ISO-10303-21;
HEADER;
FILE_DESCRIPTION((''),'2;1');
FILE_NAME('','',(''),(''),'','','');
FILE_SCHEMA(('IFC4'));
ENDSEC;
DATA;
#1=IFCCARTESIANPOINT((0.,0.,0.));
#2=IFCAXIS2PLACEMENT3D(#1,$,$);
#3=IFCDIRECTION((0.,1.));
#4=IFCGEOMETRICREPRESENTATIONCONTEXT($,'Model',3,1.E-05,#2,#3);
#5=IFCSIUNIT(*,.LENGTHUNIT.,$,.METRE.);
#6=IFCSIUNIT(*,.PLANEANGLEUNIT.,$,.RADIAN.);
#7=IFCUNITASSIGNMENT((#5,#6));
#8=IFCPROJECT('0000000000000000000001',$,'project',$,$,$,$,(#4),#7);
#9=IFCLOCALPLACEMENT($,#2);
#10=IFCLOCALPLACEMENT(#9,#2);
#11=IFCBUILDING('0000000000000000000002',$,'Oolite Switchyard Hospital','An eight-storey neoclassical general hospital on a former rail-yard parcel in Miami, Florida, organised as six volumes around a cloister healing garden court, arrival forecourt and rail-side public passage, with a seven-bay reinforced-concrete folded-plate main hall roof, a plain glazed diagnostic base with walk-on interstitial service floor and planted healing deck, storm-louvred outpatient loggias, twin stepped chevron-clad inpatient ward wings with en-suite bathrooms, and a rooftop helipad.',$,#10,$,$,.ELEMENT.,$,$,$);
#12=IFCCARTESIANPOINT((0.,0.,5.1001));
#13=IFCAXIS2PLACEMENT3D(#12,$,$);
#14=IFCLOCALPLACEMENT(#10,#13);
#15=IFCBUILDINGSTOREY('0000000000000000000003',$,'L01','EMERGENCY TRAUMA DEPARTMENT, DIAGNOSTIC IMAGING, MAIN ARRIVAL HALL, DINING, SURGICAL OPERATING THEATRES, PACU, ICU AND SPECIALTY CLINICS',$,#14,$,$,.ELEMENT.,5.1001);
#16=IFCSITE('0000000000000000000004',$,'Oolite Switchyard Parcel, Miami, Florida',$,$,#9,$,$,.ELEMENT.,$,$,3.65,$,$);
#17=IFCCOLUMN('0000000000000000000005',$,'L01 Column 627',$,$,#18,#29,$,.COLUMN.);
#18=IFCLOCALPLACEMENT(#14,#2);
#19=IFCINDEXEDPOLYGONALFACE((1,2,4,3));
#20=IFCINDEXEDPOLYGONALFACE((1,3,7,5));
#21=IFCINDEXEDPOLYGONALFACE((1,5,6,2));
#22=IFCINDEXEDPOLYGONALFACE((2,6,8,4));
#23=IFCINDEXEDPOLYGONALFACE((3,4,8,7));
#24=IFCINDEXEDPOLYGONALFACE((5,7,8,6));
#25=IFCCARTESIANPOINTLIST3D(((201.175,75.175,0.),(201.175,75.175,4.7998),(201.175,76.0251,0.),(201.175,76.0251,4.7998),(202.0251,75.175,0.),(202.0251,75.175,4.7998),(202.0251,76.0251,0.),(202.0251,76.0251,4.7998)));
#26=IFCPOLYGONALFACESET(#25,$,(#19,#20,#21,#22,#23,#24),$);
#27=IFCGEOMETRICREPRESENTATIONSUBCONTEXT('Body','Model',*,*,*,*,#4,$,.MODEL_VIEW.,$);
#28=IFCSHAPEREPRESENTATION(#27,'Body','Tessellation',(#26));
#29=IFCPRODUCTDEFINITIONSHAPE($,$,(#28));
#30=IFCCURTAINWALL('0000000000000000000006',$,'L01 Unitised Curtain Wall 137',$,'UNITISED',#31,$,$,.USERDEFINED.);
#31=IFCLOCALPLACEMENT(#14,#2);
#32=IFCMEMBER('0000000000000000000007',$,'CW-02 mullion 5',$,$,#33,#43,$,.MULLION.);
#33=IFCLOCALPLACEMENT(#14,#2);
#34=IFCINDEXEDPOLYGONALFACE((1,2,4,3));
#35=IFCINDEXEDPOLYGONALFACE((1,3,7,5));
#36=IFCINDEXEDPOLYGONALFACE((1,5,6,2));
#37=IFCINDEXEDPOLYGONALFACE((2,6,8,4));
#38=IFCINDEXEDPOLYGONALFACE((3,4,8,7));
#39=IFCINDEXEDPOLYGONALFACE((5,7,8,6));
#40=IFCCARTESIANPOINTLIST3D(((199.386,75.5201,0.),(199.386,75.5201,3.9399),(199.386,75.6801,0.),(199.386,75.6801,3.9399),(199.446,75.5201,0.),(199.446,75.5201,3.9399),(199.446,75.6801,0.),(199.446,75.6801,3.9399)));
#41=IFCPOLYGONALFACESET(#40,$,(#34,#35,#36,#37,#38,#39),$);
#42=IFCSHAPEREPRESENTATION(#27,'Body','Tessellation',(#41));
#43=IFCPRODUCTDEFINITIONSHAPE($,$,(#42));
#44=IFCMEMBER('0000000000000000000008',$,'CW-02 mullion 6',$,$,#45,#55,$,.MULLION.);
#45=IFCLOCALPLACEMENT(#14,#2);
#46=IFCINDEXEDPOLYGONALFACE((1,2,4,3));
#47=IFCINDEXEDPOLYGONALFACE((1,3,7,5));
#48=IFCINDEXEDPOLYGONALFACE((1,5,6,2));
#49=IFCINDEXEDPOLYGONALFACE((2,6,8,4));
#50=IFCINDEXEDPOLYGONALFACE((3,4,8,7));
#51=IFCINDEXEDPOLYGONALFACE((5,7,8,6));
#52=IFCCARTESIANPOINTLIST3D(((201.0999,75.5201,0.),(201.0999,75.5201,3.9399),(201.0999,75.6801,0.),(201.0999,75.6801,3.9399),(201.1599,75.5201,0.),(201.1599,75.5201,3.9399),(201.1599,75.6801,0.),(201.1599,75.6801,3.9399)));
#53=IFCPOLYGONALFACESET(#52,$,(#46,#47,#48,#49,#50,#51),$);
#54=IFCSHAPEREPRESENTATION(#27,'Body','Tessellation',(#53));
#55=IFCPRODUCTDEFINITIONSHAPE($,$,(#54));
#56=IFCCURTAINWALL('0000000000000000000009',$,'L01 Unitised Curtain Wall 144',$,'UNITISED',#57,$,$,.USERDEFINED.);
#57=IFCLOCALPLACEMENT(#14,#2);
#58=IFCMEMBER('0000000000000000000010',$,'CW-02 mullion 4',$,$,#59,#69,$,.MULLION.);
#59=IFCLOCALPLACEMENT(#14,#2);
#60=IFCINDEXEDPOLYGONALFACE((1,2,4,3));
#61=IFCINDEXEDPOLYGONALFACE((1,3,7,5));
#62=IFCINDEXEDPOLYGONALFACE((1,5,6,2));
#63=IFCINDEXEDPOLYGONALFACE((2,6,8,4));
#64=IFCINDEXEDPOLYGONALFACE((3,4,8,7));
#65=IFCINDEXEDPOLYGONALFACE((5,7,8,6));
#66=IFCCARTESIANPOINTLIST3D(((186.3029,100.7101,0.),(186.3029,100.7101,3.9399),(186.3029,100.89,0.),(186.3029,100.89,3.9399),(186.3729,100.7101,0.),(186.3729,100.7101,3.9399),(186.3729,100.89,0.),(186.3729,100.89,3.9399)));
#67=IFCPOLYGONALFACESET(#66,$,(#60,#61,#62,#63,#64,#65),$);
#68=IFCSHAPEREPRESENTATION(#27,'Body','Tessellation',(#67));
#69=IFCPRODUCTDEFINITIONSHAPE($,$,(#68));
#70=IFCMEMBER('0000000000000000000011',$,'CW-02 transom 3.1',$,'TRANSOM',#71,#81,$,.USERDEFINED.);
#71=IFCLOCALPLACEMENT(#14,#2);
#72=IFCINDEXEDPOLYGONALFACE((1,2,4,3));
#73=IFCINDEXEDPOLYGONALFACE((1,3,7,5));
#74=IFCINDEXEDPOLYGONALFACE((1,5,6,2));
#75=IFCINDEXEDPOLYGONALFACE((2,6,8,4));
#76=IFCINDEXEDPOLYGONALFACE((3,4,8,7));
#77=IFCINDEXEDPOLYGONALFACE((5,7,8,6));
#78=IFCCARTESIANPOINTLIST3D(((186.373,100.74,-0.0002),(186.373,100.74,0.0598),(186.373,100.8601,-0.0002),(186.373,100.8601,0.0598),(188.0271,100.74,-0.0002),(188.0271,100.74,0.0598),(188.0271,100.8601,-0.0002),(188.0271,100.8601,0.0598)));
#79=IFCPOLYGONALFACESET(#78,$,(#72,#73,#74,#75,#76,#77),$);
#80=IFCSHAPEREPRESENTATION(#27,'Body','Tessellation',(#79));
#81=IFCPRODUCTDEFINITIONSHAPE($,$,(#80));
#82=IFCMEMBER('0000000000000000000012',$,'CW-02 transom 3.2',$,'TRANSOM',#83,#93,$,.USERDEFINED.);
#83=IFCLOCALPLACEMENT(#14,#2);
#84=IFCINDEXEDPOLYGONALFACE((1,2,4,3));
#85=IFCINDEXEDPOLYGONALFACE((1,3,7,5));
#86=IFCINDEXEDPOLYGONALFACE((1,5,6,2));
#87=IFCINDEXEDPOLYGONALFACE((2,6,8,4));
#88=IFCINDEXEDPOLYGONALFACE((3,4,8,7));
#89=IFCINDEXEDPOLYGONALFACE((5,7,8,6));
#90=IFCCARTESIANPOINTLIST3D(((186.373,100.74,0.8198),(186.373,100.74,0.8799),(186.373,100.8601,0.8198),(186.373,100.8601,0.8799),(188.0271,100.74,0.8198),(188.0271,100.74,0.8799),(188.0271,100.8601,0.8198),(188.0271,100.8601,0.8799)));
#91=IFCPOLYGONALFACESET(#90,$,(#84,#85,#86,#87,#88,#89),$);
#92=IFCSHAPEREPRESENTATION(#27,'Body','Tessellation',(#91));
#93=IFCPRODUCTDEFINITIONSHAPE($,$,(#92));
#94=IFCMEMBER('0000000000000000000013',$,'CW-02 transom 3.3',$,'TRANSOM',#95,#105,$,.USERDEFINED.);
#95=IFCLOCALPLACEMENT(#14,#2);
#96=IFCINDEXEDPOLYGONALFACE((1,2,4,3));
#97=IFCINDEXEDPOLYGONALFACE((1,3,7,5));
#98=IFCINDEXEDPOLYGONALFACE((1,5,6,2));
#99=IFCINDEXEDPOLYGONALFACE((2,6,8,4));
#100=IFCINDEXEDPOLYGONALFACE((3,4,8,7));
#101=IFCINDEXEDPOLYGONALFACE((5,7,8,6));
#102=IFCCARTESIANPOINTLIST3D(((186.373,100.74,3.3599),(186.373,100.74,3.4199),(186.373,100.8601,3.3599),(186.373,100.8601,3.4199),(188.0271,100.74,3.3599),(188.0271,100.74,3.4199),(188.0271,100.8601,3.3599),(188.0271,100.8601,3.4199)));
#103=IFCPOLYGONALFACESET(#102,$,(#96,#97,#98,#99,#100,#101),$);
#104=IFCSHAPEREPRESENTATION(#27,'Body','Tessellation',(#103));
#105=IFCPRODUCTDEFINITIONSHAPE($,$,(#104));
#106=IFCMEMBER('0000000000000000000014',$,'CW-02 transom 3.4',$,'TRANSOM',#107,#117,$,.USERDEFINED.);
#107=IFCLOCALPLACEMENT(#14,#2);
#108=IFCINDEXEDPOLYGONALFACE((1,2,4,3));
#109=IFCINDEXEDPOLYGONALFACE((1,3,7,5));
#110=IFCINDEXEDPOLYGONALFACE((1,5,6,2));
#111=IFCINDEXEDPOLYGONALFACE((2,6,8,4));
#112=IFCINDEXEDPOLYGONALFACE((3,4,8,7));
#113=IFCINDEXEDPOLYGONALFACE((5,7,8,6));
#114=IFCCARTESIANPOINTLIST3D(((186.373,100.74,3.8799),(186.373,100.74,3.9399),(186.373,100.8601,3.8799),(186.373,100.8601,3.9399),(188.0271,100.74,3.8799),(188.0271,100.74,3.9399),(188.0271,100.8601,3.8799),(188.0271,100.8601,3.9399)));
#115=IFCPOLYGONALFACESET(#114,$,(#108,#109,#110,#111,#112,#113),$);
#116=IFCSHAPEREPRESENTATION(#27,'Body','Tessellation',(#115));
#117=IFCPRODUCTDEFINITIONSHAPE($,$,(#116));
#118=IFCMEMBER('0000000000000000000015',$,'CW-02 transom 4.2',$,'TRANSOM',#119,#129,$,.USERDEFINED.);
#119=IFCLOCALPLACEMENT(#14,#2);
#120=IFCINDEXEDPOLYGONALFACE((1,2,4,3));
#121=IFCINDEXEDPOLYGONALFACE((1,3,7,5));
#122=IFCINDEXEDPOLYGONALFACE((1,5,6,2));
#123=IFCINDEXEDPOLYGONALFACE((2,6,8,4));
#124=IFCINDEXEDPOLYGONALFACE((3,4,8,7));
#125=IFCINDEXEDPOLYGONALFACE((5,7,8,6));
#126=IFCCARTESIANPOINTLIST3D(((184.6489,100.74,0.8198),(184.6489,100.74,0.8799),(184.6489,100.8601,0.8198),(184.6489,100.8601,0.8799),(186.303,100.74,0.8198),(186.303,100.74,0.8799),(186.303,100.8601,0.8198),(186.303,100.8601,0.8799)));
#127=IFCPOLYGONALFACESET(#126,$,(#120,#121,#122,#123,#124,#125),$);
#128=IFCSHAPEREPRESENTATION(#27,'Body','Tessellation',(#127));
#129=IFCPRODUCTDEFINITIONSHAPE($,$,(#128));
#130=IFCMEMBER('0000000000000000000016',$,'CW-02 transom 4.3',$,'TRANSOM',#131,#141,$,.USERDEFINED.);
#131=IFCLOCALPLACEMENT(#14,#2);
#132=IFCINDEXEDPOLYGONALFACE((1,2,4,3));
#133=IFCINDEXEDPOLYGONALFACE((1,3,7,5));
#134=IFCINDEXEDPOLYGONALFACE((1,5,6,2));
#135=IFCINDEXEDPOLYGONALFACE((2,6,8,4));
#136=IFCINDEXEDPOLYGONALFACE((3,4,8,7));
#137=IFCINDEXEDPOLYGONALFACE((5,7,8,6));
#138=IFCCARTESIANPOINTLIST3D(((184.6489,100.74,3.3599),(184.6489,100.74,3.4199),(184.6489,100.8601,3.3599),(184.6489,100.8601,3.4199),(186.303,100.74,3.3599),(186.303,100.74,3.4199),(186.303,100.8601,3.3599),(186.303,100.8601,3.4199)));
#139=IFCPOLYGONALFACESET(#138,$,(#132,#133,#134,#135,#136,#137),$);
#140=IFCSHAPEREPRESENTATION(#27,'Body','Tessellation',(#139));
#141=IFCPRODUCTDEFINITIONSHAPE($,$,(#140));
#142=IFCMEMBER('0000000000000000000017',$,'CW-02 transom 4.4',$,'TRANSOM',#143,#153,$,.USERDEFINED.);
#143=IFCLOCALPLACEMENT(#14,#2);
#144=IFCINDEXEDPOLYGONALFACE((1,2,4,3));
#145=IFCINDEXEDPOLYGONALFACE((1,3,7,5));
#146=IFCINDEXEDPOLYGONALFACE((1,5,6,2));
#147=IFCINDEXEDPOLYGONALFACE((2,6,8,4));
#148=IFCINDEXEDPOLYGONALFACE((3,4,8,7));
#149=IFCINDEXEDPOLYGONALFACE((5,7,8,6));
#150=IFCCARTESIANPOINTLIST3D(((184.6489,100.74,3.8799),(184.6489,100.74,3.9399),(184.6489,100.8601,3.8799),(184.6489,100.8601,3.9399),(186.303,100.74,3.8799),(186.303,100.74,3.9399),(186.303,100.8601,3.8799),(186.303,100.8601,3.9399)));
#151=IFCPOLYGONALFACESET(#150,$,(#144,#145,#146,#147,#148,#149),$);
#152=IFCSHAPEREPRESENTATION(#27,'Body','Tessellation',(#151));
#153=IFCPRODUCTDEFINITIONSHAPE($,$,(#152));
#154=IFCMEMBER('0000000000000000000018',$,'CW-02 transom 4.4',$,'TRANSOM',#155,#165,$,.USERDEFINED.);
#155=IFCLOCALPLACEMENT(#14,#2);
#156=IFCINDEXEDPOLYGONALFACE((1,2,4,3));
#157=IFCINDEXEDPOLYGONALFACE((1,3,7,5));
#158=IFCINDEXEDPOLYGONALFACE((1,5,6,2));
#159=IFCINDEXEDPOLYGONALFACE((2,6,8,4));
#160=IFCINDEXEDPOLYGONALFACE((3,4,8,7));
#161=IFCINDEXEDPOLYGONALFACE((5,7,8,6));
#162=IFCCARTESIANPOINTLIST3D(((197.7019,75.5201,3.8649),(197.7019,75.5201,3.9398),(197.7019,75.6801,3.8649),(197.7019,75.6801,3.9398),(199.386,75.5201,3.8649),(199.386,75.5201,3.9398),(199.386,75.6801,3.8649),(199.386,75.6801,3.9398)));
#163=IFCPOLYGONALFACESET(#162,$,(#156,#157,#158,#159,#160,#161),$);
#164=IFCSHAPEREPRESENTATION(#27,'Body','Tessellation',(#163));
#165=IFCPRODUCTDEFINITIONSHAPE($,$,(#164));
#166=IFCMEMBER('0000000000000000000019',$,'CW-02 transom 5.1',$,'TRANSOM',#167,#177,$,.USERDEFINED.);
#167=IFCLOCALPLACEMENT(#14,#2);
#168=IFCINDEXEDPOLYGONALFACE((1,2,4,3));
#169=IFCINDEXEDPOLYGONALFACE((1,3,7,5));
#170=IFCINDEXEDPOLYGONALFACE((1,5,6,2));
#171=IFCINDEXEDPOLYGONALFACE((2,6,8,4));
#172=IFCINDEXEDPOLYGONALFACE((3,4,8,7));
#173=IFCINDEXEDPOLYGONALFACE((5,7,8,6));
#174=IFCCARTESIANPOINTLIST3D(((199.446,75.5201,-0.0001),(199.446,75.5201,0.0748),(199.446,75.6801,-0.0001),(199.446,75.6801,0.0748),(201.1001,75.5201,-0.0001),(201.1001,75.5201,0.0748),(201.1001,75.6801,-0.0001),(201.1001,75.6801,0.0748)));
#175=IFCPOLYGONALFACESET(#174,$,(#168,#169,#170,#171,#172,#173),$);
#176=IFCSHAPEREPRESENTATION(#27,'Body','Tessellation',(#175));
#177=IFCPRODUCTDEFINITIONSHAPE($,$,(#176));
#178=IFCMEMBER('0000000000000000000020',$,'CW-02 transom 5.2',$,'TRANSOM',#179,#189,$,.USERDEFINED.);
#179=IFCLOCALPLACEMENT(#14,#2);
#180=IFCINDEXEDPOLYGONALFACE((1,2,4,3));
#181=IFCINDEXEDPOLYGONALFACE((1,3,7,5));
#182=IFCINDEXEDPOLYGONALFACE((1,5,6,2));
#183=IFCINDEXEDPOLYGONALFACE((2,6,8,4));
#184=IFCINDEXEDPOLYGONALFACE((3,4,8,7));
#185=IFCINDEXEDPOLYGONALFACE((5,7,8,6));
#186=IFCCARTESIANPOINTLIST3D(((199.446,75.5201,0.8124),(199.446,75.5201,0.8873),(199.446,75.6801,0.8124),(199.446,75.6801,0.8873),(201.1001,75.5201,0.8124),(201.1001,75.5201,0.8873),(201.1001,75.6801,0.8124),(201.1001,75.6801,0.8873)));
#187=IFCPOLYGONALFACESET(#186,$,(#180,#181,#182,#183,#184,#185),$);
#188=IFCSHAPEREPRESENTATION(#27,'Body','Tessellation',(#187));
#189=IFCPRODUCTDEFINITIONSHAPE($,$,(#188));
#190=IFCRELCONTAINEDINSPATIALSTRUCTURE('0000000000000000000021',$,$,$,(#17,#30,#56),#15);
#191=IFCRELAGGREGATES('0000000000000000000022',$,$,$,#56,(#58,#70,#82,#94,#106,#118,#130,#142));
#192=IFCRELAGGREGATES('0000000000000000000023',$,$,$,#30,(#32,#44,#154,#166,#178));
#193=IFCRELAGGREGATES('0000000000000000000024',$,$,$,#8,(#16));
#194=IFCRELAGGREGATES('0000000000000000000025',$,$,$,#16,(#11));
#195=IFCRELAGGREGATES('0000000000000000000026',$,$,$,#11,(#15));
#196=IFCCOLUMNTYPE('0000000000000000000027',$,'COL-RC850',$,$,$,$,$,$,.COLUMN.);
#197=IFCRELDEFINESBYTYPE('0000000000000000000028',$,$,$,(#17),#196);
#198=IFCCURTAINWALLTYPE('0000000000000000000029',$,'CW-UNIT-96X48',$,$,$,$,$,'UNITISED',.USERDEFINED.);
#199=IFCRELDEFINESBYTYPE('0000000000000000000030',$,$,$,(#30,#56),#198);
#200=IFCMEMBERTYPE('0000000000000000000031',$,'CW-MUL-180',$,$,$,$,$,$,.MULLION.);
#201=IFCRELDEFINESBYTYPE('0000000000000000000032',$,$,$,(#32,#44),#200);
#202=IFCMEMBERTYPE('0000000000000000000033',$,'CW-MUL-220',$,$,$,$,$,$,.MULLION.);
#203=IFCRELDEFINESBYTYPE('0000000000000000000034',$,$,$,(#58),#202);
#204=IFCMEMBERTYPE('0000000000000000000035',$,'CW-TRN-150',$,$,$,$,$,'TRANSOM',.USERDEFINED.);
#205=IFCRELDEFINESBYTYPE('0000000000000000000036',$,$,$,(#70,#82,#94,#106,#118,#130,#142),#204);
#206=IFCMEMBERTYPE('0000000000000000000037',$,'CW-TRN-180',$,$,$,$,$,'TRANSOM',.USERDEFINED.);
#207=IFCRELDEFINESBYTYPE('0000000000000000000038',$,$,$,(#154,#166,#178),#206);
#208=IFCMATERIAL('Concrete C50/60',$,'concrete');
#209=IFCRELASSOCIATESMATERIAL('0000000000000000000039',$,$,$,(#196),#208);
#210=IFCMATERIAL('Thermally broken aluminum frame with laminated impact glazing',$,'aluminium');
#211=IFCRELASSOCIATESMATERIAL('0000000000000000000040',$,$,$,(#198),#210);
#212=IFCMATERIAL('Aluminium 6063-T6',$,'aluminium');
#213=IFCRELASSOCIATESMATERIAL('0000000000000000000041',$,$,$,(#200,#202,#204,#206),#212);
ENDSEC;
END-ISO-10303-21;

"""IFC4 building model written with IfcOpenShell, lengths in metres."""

from ifc_helpers import new_model, si_unit, direction, frame, origin, origin_2d, place, context, subcontext, project, spatial, rectangle, extrude, material, material_profile, profile_set, type_object, element, aggregate, save


model = new_model("IFC4")

# Units and contexts
model_context = context("Model", 3, precision=1e-05, world=origin(), true_north=direction((0.0, 1.0)))
body_context = subcontext(model_context, "Body", "Model", "MODEL_VIEW")
ifc_project = project(units=[si_unit("LENGTHUNIT", "METRE"), si_unit("PLANEANGLEUNIT", "RADIAN")], contexts=[model_context])

# Site, building, storey
site_placement = place(None, origin())
site = spatial("IfcSite", under=ifc_project, at=site_placement, Name="Oolite Switchyard Parcel, Miami, Florida", CompositionType="ELEMENT", RefElevation=3.65)
building_placement = place(site_placement, origin())
building = spatial("IfcBuilding", under=site, at=building_placement, Name="Oolite Switchyard Hospital", Description="An eight-storey neoclassical general hospital on a former rail-yard parcel in Miami, Florida, organised as six volumes around a cloister healing garden court, arrival forecourt and rail-side public passage, with a seven-bay reinforced-concrete folded-plate main hall roof, a plain glazed diagnostic base with walk-on interstitial service floor and planted healing deck, storm-louvred outpatient loggias, twin stepped chevron-clad inpatient ward wings with en-suite bathrooms, and a rooftop helipad.", CompositionType="ELEMENT")
storey_placement = place(building_placement, frame((0.0, 0.0, 5.1001)))
storey = spatial("IfcBuildingStorey", under=building, at=storey_placement, Name="L01", Description="EMERGENCY TRAUMA DEPARTMENT, DIAGNOSTIC IMAGING, MAIN ARRIVAL HALL, DINING, SURGICAL OPERATING THEATRES, PACU, ICU AND SPECIALTY CLINICS", CompositionType="ELEMENT", Elevation=5.1001)

# Column
ifc_material_1 = material(Name="Concrete C50/60", Category="concrete")
ifc_material_profile_1 = material_profile(ifc_material_1, rectangle(XDim=0.8501, YDim=0.8501, at=origin_2d()), Name="RC850X850")
ifc_profile_set_1 = profile_set([ifc_material_profile_1], Name="Concrete C50/60")
column_type = type_object("IfcColumnType", Name="COL-RC850", PredefinedType="COLUMN", material=ifc_profile_set_1)
column_placement = place(storey_placement, frame((201.6001, 75.6001, 0.0), z_axis=(0.0, 0.0, 1.0), x_axis=(1.0, 0.0, 0.0)))
element("IfcColumn", 1, at=column_placement, inside=storey, type_object=column_type, Name="L01 Column 627", PredefinedType="COLUMN", context=body_context, shape_type="SweptSolid", body=[
    extrude(rectangle(XDim=0.8501, YDim=0.8501, at=origin_2d()), origin(), (0.0, 0.0, 1.0), 4.7998),
])

# Curtain walls, members
ifc_material_2 = material(Name="Thermally broken aluminum frame with laminated impact glazing", Category="aluminium")
curtain_wall_type = type_object("IfcCurtainWallType", Name="CW-UNIT-96X48", ElementType="UNITISED", PredefinedType="USERDEFINED", material=ifc_material_2)
curtain_wall_1_placement = place(storey_placement, origin())
curtain_wall_1 = element("IfcCurtainWall", 2, at=curtain_wall_1_placement, inside=storey, type_object=curtain_wall_type, Name="L01 Unitised Curtain Wall 137", ObjectType="UNITISED", PredefinedType="USERDEFINED")
ifc_material_3 = material(Name="Aluminium 6063-T6", Category="aluminium")
ifc_material_profile_2 = material_profile(ifc_material_3, rectangle(XDim=0.1599, YDim=0.0601, at=origin_2d()), Name="CWM60X160")
ifc_profile_set_2 = profile_set([ifc_material_profile_2], Name="Aluminium 6063-T6")
member_type_1 = type_object("IfcMemberType", Name="CW-MUL-180", PredefinedType="MULLION", material=ifc_profile_set_2)
member_1_placement = place(storey_placement, frame((199.416, 75.6001, 0.0), z_axis=(0.0, 0.0, 1.0), x_axis=(0.0, 1.0, 0.0)))
member_1 = element("IfcMember", 3, at=member_1_placement, type_object=member_type_1, Name="CW-02 mullion 5", PredefinedType="MULLION", context=body_context, shape_type="SweptSolid", body=[
    extrude(rectangle(XDim=0.1599, YDim=0.0601, at=origin_2d()), origin(), (0.0, 0.0, 1.0), 3.9399),
])
member_2_placement = place(storey_placement, frame((201.1299, 75.6001, 0.0), z_axis=(0.0, 0.0, 1.0), x_axis=(0.0, 1.0, 0.0)))
member_2 = element("IfcMember", 4, at=member_2_placement, type_object=member_type_1, Name="CW-02 mullion 6", PredefinedType="MULLION", context=body_context, shape_type="SweptSolid", body=[
    extrude(rectangle(XDim=0.1599, YDim=0.0601, at=origin_2d()), origin(), (0.0, 0.0, 1.0), 3.9399),
])
curtain_wall_2_placement = place(storey_placement, origin())
curtain_wall_2 = element("IfcCurtainWall", 5, at=curtain_wall_2_placement, inside=storey, type_object=curtain_wall_type, Name="L01 Unitised Curtain Wall 144", ObjectType="UNITISED", PredefinedType="USERDEFINED")
ifc_material_profile_3 = material_profile(ifc_material_3, rectangle(XDim=0.1799, YDim=0.0701, at=origin_2d()), Name="CWM70X180")
ifc_profile_set_3 = profile_set([ifc_material_profile_3], Name="Aluminium 6063-T6")
member_type_2 = type_object("IfcMemberType", Name="CW-MUL-220", PredefinedType="MULLION", material=ifc_profile_set_3)
member_3_placement = place(storey_placement, frame((186.3379, 100.8, 0.0), z_axis=(0.0, 0.0, 1.0), x_axis=(0.0, -1.0, 0.0)))
member_3 = element("IfcMember", 6, at=member_3_placement, type_object=member_type_2, Name="CW-02 mullion 4", PredefinedType="MULLION", context=body_context, shape_type="SweptSolid", body=[
    extrude(rectangle(XDim=0.1799, YDim=0.0701, at=origin_2d()), origin(), (0.0, 0.0, 1.0), 3.9399),
])
ifc_material_profile_4 = material_profile(ifc_material_3, rectangle(XDim=0.1201, YDim=0.0601, at=origin_2d()), Name="CWT60X120")
ifc_profile_set_4 = profile_set([ifc_material_profile_4], Name="Aluminium 6063-T6")
member_type_3 = type_object("IfcMemberType", Name="CW-TRN-150", ElementType="TRANSOM", PredefinedType="USERDEFINED", material=ifc_profile_set_4)
member_4_placement = place(storey_placement, frame((188.0271, 100.8, 0.0298), z_axis=(-1.0, 0.0, 0.0), x_axis=(0.0, -1.0, 0.0)))
member_4 = element("IfcMember", 7, at=member_4_placement, type_object=member_type_3, Name="CW-02 transom 3.1", ObjectType="TRANSOM", PredefinedType="USERDEFINED", context=body_context, shape_type="SweptSolid", body=[
    extrude(rectangle(XDim=0.1201, YDim=0.0601, at=origin_2d()), origin(), (0.0, 0.0, 1.0), 1.6541),
])
member_5_placement = place(storey_placement, frame((188.0271, 100.8, 0.8499), z_axis=(-1.0, 0.0, 0.0), x_axis=(0.0, -1.0, 0.0)))
member_5 = element("IfcMember", 8, at=member_5_placement, type_object=member_type_3, Name="CW-02 transom 3.2", ObjectType="TRANSOM", PredefinedType="USERDEFINED", context=body_context, shape_type="SweptSolid", body=[
    extrude(rectangle(XDim=0.1201, YDim=0.0601, at=origin_2d()), origin(), (0.0, 0.0, 1.0), 1.6541),
])
member_6_placement = place(storey_placement, frame((188.0271, 100.8, 3.3899), z_axis=(-1.0, 0.0, 0.0), x_axis=(0.0, -1.0, 0.0)))
member_6 = element("IfcMember", 9, at=member_6_placement, type_object=member_type_3, Name="CW-02 transom 3.3", ObjectType="TRANSOM", PredefinedType="USERDEFINED", context=body_context, shape_type="SweptSolid", body=[
    extrude(rectangle(XDim=0.1201, YDim=0.0601, at=origin_2d()), origin(), (0.0, 0.0, 1.0), 1.6541),
])
member_7_placement = place(storey_placement, frame((188.0271, 100.8, 3.9099), z_axis=(-1.0, 0.0, 0.0), x_axis=(0.0, -1.0, 0.0)))
member_7 = element("IfcMember", 10, at=member_7_placement, type_object=member_type_3, Name="CW-02 transom 3.4", ObjectType="TRANSOM", PredefinedType="USERDEFINED", context=body_context, shape_type="SweptSolid", body=[
    extrude(rectangle(XDim=0.1201, YDim=0.0601, at=origin_2d()), origin(), (0.0, 0.0, 1.0), 1.6541),
])
member_8_placement = place(storey_placement, frame((186.303, 100.8, 0.8499), z_axis=(-1.0, 0.0, 0.0), x_axis=(0.0, -1.0, 0.0)))
member_8 = element("IfcMember", 11, at=member_8_placement, type_object=member_type_3, Name="CW-02 transom 4.2", ObjectType="TRANSOM", PredefinedType="USERDEFINED", context=body_context, shape_type="SweptSolid", body=[
    extrude(rectangle(XDim=0.1201, YDim=0.0601, at=origin_2d()), origin(), (0.0, 0.0, 1.0), 1.6541),
])
member_9_placement = place(storey_placement, frame((186.303, 100.8, 3.3899), z_axis=(-1.0, 0.0, 0.0), x_axis=(0.0, -1.0, 0.0)))
member_9 = element("IfcMember", 12, at=member_9_placement, type_object=member_type_3, Name="CW-02 transom 4.3", ObjectType="TRANSOM", PredefinedType="USERDEFINED", context=body_context, shape_type="SweptSolid", body=[
    extrude(rectangle(XDim=0.1201, YDim=0.0601, at=origin_2d()), origin(), (0.0, 0.0, 1.0), 1.6541),
])
member_10_placement = place(storey_placement, frame((186.303, 100.8, 3.9099), z_axis=(-1.0, 0.0, 0.0), x_axis=(0.0, -1.0, 0.0)))
member_10 = element("IfcMember", 13, at=member_10_placement, type_object=member_type_3, Name="CW-02 transom 4.4", ObjectType="TRANSOM", PredefinedType="USERDEFINED", context=body_context, shape_type="SweptSolid", body=[
    extrude(rectangle(XDim=0.1201, YDim=0.0601, at=origin_2d()), origin(), (0.0, 0.0, 1.0), 1.6541),
])

# Members
ifc_material_profile_5 = material_profile(ifc_material_3, rectangle(XDim=0.1599, YDim=0.075, at=origin_2d()), Name="CWT75X160")
ifc_profile_set_5 = profile_set([ifc_material_profile_5], Name="Aluminium 6063-T6")
member_type_4 = type_object("IfcMemberType", Name="CW-TRN-180", ElementType="TRANSOM", PredefinedType="USERDEFINED", material=ifc_profile_set_5)
member_11_placement = place(storey_placement, frame((197.7019, 75.6001, 3.9023), z_axis=(1.0, 0.0, 0.0), x_axis=(0.0, 1.0, 0.0)))
member_11 = element("IfcMember", 14, at=member_11_placement, type_object=member_type_4, Name="CW-02 transom 4.4", ObjectType="TRANSOM", PredefinedType="USERDEFINED", context=body_context, shape_type="SweptSolid", body=[
    extrude(rectangle(XDim=0.1599, YDim=0.075, at=origin_2d()), origin(), (0.0, 0.0, 1.0), 1.6841),
])
member_12_placement = place(storey_placement, frame((199.446, 75.6001, 0.0374), z_axis=(1.0, 0.0, 0.0), x_axis=(0.0, 1.0, 0.0)))
member_12 = element("IfcMember", 15, at=member_12_placement, type_object=member_type_4, Name="CW-02 transom 5.1", ObjectType="TRANSOM", PredefinedType="USERDEFINED", context=body_context, shape_type="SweptSolid", body=[
    extrude(rectangle(XDim=0.1599, YDim=0.075, at=origin_2d()), origin(), (0.0, 0.0, 1.0), 1.6541),
])
member_13_placement = place(storey_placement, frame((199.446, 75.6001, 0.8499), z_axis=(1.0, 0.0, 0.0), x_axis=(0.0, 1.0, 0.0)))
member_13 = element("IfcMember", 16, at=member_13_placement, type_object=member_type_4, Name="CW-02 transom 5.2", ObjectType="TRANSOM", PredefinedType="USERDEFINED", context=body_context, shape_type="SweptSolid", body=[
    extrude(rectangle(XDim=0.1599, YDim=0.075, at=origin_2d()), origin(), (0.0, 0.0, 1.0), 1.6541),
])

aggregate(curtain_wall_2, [member_3, member_4, member_5, member_6, member_7, member_8, member_9, member_10])
aggregate(curtain_wall_1, [member_1, member_2, member_11, member_12, member_13])

save(model, "model.ifc")
